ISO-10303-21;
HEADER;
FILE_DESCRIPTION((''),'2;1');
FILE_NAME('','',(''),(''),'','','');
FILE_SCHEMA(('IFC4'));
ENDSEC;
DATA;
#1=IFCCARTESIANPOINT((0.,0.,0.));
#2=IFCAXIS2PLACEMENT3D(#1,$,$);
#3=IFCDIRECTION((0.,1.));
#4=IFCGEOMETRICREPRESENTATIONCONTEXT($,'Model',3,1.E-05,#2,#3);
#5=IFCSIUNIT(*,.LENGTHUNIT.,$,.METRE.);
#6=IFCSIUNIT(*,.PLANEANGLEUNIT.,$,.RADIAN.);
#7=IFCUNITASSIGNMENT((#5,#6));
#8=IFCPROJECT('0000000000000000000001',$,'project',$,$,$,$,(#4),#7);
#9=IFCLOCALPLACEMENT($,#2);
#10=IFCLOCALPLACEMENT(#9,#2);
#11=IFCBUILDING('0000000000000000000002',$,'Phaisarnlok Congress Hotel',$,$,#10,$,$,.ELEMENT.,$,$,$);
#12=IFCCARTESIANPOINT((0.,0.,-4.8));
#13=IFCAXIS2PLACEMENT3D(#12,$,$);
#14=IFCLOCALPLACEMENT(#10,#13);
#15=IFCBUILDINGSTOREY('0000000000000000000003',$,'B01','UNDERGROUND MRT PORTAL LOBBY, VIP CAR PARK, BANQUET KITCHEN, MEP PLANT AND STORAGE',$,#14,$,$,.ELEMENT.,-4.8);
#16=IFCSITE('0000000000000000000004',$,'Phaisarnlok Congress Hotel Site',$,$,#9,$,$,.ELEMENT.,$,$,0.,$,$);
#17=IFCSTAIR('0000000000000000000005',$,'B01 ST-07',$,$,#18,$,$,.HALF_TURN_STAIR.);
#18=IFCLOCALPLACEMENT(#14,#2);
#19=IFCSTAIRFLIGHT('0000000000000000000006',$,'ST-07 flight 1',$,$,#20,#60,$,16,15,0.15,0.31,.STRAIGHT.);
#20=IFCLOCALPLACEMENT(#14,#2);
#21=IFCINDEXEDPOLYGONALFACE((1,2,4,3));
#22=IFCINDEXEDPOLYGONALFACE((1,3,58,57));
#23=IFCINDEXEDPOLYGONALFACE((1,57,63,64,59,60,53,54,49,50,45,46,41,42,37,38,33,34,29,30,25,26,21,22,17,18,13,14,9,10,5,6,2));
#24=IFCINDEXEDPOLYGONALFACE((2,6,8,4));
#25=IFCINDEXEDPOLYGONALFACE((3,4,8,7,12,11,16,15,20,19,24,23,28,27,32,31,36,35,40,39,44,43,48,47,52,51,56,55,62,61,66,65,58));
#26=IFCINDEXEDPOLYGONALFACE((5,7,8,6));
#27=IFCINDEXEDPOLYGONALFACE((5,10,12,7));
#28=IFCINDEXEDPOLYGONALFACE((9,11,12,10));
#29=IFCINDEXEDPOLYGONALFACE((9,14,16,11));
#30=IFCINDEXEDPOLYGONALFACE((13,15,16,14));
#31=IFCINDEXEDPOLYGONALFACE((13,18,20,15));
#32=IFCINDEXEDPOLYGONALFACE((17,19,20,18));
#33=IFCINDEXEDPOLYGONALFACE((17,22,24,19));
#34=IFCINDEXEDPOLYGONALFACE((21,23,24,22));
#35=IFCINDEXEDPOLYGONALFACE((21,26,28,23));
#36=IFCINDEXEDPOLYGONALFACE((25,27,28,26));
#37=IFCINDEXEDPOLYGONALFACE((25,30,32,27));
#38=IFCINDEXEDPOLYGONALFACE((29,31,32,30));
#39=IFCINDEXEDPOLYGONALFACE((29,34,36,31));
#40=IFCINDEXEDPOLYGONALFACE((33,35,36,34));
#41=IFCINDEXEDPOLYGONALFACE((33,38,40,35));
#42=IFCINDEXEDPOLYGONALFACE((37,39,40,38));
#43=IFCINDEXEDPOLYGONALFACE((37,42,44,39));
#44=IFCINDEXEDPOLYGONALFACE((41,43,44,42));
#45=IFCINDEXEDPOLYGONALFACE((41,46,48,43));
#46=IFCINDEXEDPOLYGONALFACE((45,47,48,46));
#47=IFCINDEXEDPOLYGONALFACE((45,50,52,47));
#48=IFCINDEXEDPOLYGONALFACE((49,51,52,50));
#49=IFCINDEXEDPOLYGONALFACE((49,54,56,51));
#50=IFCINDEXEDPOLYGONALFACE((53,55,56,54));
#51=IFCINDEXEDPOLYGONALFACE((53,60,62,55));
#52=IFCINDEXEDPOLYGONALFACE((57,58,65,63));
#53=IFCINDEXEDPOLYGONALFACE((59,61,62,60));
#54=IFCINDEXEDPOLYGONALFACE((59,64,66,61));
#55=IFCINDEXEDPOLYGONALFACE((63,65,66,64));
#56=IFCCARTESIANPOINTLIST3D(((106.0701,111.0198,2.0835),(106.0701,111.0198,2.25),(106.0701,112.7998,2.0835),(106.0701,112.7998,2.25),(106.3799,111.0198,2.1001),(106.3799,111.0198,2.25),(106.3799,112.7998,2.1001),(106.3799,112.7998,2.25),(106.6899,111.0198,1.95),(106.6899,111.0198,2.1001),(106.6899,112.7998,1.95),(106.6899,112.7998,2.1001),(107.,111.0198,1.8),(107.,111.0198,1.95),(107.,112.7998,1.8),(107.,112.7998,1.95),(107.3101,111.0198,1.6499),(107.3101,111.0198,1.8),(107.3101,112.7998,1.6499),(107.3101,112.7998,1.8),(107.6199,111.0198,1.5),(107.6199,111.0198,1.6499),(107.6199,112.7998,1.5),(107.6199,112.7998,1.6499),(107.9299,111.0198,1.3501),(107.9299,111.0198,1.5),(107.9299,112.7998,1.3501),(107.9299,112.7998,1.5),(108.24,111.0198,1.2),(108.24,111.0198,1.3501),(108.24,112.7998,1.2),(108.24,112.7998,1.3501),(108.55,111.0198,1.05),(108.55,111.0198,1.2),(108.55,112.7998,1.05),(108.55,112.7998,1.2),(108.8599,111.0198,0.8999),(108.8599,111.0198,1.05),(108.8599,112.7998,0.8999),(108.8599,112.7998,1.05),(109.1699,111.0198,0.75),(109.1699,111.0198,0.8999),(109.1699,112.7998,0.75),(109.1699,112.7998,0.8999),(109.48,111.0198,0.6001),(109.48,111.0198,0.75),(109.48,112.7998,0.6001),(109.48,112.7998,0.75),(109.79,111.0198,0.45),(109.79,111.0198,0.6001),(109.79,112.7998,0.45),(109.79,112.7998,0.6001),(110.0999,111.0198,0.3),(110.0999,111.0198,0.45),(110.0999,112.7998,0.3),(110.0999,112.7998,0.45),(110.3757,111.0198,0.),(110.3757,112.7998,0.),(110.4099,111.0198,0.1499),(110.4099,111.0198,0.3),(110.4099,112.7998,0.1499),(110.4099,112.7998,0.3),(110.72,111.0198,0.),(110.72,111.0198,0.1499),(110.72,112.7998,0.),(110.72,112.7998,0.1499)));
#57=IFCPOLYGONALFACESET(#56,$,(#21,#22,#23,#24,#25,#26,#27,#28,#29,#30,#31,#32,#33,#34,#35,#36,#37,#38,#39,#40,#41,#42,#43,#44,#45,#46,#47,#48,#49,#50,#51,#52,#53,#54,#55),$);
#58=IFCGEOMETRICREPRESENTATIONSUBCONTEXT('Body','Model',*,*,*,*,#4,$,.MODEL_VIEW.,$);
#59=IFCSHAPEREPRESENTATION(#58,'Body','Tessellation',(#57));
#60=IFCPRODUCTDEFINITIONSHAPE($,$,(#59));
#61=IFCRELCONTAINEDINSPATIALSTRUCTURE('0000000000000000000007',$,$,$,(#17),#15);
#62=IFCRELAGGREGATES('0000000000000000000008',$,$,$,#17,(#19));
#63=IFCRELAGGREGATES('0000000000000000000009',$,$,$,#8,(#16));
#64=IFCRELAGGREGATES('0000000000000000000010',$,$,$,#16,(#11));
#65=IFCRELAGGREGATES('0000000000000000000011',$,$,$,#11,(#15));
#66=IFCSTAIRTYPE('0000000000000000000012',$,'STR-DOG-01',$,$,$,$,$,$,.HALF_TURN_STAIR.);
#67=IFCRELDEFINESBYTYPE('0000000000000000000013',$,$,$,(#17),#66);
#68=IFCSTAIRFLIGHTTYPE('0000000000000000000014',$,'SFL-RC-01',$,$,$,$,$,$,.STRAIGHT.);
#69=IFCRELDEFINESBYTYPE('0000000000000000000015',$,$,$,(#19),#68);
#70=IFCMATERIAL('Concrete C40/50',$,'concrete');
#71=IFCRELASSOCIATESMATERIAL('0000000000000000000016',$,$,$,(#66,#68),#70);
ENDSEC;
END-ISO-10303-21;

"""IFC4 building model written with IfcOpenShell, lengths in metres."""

from ifc_helpers import new_model, si_unit, direction, frame, origin, place, context, subcontext, project, spatial, polyline, outline, extrude, material, type_object, element, aggregate, save


model = new_model("IFC4")

# Units and contexts
model_context = context("Model", 3, precision=1e-05, world=origin(), true_north=direction((0.0, 1.0)))
body_context = subcontext(model_context, "Body", "Model", "MODEL_VIEW")
ifc_project = project(units=[si_unit("LENGTHUNIT", "METRE"), si_unit("PLANEANGLEUNIT", "RADIAN")], contexts=[model_context])

# Site, building, storey
site_placement = place(None, origin())
site = spatial("IfcSite", under=ifc_project, at=site_placement, Name="Phaisarnlok Congress Hotel Site", CompositionType="ELEMENT", RefElevation=0.0)
building_placement = place(site_placement, origin())
building = spatial("IfcBuilding", under=site, at=building_placement, Name="Phaisarnlok Congress Hotel", CompositionType="ELEMENT")
storey_placement = place(building_placement, frame((0.0, 0.0, -4.8)))
storey = spatial("IfcBuildingStorey", under=building, at=storey_placement, Name="B01", Description="UNDERGROUND MRT PORTAL LOBBY, VIP CAR PARK, BANQUET KITCHEN, MEP PLANT AND STORAGE", CompositionType="ELEMENT", Elevation=-4.8)

# Shared definitions
ifc_material_1 = material(Name="Concrete C40/50", Category="concrete")

# Stair, stair flight
stair_type = type_object("IfcStairType", Name="STR-DOG-01", PredefinedType="HALF_TURN_STAIR", material=ifc_material_1)
stair_placement = place(storey_placement, origin())
stair = element("IfcStair", 1, at=stair_placement, inside=storey, type_object=stair_type, Name="B01 ST-07", PredefinedType="HALF_TURN_STAIR")
stair_flight_type = type_object("IfcStairFlightType", Name="SFL-RC-01", PredefinedType="STRAIGHT", material=ifc_material_1)
stair_flight_placement = place(storey_placement, frame((110.72, 111.9099, 0.0), z_axis=(0.0, 0.0, 1.0), x_axis=(-1.0, 0.0, 0.0)))
stair_flight = element("IfcStairFlight", 2, at=stair_flight_placement, type_object=stair_flight_type, Name="ST-07 flight 1", NumberOfRisers=16, NumberOfTreads=15, PredefinedType="STRAIGHT", RiserHeight=0.15, TreadLength=0.31, context=body_context, shape_type="SweptSolid", body=[
    extrude(outline(polyline([(0.0, 0.0), (0.0, 0.1499), (0.3101, 0.1499), (0.3101, 0.3), (0.6201, 0.3), (0.6201, 0.45), (0.9299, 0.45), (0.9299, 0.6001), (1.24, 0.6001), (1.24, 0.75), (1.55, 0.75), (1.55, 0.8999), (1.8601, 0.8999), (1.8601, 1.05), (2.1699, 1.05), (2.1699, 1.2), (2.48, 1.2), (2.48, 1.3501), (2.79, 1.3501), (2.79, 1.5), (3.1001, 1.5), (3.1001, 1.6499), (3.4099, 1.6499), (3.4099, 1.8), (3.72, 1.8), (3.72, 1.95), (4.03, 1.95), (4.03, 2.1001), (4.3401, 2.1001), (4.3401, 2.25), (4.6499, 2.25), (4.6499, 2.3999), (4.6499, 2.0835), (0.3442, 0.0), (0.0, 0.0)])), frame((0.0, 0.8901, 0.0), z_axis=(0.0, -1.0, 0.0), x_axis=(1.0, 0.0, 0.0)), (0.0, 0.0, 1.0), 1.78),
])
aggregate(stair, [stair_flight])

save(model, "model.ifc")
